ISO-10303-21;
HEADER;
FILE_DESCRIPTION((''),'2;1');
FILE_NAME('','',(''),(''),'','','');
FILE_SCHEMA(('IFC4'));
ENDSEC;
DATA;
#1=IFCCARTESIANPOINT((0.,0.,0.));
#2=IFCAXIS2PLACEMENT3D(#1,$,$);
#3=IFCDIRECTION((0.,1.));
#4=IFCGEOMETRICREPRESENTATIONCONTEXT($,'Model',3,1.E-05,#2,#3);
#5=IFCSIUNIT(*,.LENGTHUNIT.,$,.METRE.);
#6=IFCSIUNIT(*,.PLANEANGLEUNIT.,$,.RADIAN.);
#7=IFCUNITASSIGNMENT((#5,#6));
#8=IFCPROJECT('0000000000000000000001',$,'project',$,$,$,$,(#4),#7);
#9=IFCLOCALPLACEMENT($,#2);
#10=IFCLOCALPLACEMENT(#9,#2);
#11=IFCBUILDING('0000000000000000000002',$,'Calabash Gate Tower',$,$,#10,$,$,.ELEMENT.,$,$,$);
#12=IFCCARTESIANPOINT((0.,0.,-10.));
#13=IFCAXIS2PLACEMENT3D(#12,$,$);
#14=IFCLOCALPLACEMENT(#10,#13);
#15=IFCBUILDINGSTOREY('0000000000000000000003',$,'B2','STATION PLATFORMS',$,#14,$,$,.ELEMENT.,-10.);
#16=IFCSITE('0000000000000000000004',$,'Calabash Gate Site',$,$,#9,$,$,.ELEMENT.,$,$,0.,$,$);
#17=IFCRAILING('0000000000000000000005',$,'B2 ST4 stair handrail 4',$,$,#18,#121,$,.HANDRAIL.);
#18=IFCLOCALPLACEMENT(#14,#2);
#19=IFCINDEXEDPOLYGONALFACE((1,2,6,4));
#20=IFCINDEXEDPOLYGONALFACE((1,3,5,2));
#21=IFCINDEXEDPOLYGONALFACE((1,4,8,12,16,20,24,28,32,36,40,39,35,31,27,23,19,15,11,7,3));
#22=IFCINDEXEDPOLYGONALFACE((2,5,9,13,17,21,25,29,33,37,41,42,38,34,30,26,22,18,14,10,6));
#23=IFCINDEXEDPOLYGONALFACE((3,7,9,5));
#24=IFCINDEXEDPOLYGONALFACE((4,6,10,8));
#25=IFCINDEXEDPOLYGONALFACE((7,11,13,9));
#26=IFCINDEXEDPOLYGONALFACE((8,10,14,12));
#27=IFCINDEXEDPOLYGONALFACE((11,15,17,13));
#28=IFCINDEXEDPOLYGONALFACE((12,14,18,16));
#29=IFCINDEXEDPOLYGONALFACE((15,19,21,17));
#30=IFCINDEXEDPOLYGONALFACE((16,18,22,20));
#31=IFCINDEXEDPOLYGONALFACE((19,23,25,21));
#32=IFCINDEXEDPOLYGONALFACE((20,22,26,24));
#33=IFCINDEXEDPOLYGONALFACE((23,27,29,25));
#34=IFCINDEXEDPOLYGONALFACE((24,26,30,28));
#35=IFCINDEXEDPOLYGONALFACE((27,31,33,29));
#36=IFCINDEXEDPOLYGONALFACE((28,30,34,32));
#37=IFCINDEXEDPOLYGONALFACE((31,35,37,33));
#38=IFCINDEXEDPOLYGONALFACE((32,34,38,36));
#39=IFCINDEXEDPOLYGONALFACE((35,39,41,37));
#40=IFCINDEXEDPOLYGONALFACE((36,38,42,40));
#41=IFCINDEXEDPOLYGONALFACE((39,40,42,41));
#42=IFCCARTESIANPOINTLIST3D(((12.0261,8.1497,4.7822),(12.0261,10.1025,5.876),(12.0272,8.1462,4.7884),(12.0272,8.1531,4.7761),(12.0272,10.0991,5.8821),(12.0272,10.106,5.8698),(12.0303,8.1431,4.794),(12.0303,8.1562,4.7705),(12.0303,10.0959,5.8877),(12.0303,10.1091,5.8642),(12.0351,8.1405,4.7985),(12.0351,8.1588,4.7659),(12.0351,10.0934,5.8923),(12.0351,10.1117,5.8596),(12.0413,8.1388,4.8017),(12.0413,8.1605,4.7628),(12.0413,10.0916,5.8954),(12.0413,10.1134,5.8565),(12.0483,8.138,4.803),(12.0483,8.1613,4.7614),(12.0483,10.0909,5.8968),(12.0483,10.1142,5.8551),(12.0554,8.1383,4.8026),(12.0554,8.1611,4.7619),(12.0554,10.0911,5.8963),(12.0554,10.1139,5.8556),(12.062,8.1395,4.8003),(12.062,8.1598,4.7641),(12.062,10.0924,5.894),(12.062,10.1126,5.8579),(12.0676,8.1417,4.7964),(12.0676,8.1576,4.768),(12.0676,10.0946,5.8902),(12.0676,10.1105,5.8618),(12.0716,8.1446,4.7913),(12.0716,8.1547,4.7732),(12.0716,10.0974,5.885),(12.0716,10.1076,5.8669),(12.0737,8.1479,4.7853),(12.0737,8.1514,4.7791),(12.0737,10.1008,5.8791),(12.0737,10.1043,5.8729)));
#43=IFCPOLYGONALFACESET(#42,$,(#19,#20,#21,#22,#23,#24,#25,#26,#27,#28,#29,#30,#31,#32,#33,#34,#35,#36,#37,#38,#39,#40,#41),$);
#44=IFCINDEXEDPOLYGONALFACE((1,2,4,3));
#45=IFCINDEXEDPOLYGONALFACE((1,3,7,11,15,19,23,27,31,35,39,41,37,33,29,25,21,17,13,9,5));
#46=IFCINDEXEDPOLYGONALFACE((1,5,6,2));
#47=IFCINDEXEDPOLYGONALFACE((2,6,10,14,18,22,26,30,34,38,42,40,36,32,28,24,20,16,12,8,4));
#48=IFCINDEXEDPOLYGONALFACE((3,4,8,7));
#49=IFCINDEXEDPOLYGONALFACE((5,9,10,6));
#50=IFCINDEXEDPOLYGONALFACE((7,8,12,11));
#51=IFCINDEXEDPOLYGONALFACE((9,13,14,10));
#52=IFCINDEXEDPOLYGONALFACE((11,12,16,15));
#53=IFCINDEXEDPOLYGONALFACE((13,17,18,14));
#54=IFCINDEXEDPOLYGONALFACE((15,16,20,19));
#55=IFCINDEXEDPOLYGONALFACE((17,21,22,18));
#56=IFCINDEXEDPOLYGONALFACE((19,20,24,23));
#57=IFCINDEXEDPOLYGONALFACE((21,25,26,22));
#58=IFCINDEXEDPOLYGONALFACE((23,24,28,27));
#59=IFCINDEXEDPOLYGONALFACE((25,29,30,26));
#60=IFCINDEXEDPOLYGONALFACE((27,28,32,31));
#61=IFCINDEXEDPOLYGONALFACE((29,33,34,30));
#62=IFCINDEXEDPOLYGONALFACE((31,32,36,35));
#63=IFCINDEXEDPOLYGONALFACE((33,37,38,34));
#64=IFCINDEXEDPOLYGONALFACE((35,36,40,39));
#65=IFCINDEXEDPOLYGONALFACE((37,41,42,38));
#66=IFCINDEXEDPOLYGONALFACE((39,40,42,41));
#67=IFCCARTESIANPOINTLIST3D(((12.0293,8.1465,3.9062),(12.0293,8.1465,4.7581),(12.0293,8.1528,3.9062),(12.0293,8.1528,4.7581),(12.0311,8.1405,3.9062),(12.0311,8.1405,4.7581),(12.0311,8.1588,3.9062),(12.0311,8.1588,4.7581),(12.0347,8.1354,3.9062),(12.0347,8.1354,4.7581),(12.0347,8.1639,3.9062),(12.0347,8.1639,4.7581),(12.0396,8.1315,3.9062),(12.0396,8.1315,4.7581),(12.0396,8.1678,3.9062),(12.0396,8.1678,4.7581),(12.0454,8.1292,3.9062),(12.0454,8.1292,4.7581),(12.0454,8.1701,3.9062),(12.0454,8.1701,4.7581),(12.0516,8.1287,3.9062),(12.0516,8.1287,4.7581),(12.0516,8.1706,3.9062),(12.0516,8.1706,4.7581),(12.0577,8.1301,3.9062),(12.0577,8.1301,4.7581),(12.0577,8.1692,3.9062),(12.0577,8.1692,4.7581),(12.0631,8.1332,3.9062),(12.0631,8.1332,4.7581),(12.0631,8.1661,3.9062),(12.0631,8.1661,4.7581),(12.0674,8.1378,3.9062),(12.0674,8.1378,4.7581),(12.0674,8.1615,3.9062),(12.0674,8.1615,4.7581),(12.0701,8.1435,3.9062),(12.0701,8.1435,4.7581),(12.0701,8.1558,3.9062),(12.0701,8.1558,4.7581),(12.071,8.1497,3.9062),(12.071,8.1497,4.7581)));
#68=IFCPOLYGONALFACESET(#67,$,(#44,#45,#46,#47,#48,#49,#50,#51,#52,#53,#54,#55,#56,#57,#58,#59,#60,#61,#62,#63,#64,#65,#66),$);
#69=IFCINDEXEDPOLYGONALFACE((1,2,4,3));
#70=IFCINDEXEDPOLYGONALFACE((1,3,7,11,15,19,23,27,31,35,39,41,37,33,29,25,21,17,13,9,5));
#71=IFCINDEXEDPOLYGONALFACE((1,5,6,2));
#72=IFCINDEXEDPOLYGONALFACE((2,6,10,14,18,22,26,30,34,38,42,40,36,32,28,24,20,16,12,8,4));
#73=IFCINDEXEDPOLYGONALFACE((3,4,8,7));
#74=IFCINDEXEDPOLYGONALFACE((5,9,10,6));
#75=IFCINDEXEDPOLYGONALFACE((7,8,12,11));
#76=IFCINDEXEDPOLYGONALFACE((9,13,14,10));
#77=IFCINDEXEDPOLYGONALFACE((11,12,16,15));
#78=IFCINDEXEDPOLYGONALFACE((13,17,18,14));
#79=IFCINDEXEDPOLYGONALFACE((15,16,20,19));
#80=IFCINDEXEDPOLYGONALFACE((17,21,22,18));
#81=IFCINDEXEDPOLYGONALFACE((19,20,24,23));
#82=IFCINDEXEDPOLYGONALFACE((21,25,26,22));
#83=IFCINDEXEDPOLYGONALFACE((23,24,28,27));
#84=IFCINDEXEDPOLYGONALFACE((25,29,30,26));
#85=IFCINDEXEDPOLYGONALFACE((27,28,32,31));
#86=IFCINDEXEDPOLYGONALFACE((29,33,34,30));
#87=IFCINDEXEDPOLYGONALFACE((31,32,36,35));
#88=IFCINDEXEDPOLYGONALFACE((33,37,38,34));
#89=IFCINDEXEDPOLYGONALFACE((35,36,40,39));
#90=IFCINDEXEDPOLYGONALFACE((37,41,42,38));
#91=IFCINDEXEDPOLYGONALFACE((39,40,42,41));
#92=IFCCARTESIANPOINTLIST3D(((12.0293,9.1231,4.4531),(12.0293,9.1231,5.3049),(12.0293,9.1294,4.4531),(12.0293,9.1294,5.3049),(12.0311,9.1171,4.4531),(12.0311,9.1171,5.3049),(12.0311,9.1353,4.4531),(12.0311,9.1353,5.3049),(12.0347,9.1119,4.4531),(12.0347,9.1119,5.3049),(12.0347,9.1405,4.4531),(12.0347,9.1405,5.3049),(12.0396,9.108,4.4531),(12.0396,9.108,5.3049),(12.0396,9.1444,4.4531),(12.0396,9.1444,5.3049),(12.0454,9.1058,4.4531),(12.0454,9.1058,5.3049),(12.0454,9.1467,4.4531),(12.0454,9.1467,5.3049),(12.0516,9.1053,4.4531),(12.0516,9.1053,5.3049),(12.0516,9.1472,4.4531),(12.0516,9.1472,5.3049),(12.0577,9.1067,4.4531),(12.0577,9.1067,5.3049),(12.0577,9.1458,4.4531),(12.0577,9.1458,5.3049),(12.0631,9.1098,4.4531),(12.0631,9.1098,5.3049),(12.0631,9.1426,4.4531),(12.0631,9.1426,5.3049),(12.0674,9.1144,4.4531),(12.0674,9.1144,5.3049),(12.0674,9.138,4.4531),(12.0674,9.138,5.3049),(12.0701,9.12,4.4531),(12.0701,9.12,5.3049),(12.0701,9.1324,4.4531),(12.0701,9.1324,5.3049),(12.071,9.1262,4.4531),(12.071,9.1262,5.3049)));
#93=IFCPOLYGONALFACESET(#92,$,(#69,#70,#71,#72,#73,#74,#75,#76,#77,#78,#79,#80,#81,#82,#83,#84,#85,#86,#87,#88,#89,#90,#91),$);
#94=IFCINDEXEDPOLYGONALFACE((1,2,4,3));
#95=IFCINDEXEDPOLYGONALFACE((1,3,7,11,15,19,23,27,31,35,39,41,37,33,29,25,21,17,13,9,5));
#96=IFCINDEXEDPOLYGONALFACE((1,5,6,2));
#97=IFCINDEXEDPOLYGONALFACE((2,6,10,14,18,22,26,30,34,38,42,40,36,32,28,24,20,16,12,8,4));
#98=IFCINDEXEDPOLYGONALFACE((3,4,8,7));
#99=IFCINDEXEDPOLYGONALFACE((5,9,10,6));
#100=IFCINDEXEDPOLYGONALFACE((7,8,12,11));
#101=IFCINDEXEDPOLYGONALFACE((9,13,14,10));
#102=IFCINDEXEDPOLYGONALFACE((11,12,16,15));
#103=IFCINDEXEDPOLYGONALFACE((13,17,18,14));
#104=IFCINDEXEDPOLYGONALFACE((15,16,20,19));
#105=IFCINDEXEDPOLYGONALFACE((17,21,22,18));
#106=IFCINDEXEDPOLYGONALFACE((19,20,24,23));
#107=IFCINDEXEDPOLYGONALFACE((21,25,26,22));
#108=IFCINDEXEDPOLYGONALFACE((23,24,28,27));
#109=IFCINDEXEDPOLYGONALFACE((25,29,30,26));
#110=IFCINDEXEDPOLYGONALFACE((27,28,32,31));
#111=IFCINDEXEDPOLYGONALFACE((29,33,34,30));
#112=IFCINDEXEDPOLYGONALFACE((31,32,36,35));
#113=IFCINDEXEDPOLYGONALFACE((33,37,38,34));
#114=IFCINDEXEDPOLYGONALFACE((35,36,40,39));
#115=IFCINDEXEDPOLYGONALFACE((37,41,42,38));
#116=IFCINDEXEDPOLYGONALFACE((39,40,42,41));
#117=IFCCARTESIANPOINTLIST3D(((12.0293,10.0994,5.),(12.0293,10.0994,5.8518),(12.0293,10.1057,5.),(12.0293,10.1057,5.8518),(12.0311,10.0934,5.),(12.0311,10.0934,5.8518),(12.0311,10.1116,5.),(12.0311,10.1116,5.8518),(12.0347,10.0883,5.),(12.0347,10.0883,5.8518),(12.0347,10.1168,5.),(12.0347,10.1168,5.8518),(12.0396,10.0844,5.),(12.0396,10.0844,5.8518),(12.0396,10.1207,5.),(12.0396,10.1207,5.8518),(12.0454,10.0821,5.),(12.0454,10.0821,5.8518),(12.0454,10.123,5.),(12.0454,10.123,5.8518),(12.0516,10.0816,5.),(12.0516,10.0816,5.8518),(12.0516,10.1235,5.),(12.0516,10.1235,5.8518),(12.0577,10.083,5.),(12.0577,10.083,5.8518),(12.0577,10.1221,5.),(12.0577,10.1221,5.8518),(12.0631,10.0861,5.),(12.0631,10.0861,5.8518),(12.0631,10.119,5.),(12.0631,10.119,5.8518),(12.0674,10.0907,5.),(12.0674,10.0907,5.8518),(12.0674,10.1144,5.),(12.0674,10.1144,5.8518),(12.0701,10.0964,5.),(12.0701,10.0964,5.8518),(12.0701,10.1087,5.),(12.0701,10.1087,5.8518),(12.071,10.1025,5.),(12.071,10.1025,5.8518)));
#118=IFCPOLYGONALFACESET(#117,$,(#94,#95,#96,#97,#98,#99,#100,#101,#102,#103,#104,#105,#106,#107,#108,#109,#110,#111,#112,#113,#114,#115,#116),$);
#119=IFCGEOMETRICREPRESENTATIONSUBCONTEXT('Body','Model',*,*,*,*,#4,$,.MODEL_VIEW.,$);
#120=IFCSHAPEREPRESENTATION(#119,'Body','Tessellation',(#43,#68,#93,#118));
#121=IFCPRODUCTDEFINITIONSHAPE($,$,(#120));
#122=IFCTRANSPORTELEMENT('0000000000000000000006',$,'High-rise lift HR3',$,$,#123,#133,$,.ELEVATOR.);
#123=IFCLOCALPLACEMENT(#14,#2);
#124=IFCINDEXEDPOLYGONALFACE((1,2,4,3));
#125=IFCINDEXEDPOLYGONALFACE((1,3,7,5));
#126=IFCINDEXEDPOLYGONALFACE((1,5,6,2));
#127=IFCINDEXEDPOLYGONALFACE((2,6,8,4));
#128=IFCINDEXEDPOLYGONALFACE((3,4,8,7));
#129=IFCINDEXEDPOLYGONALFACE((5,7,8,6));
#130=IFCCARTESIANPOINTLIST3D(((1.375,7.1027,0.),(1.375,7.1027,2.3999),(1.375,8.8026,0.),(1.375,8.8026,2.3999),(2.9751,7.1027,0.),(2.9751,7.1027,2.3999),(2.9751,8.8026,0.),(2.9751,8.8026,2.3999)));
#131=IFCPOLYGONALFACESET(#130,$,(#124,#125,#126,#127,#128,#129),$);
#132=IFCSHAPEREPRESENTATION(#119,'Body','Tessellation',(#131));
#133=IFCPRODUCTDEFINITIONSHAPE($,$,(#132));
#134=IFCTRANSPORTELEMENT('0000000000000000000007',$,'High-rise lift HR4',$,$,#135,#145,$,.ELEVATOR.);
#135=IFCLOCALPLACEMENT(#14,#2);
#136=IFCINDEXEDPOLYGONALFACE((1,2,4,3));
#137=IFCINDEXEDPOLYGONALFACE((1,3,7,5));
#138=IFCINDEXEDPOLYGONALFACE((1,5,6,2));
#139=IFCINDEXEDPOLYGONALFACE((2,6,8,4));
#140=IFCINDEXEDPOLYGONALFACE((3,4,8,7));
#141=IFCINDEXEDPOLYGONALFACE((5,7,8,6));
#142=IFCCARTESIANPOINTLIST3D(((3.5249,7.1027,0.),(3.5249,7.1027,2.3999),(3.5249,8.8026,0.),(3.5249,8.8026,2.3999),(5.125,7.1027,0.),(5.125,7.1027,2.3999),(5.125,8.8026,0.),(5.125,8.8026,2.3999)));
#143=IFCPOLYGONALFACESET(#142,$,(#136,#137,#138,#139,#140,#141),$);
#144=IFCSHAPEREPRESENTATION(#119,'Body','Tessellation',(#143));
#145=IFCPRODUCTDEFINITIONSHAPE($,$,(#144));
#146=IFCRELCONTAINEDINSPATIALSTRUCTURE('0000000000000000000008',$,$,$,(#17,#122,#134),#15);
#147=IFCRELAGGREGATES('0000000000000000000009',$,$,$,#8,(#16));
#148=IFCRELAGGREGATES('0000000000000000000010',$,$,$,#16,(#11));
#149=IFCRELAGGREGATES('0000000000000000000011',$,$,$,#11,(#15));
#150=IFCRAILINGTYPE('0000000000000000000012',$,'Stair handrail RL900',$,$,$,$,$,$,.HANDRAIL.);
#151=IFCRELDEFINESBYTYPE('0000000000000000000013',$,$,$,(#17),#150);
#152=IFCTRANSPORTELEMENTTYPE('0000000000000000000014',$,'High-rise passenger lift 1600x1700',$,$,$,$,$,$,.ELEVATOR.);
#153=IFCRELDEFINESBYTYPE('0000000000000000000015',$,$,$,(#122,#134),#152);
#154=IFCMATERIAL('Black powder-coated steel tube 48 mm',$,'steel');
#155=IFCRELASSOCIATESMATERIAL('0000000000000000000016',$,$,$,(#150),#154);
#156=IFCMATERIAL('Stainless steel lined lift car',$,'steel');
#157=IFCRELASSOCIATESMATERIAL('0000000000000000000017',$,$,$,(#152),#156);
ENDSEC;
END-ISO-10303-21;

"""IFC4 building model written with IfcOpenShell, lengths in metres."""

from ifc_helpers import new_model, si_unit, direction, frame, origin, origin_2d, place, context, subcontext, project, spatial, rectangle, circle, extrude, material, type_object, element, save


model = new_model("IFC4")

# Units and contexts
model_context = context("Model", 3, precision=1e-05, world=origin(), true_north=direction((0.0, 1.0)))
body_context = subcontext(model_context, "Body", "Model", "MODEL_VIEW")
ifc_project = project(units=[si_unit("LENGTHUNIT", "METRE"), si_unit("PLANEANGLEUNIT", "RADIAN")], contexts=[model_context])

# Site, building, storey
site_placement = place(None, origin())
site = spatial("IfcSite", under=ifc_project, at=site_placement, Name="Calabash Gate Site", CompositionType="ELEMENT", RefElevation=0.0)
building_placement = place(site_placement, origin())
building = spatial("IfcBuilding", under=site, at=building_placement, Name="Calabash Gate Tower", CompositionType="ELEMENT")
storey_placement = place(building_placement, frame((0.0, 0.0, -10.0)))
storey = spatial("IfcBuildingStorey", under=building, at=storey_placement, Name="B2", Description="STATION PLATFORMS", CompositionType="ELEMENT", Elevation=-10.0)

# Railing
ifc_material_1 = material(Name="Black powder-coated steel tube 48 mm", Category="steel")
railing_type_1 = type_object("IfcRailingType", Name="Stair handrail RL900", PredefinedType="HANDRAIL", material=ifc_material_1)
railing_1_placement = place(storey_placement, frame((12.05, 8.1497, 3.9062)))
element("IfcRailing", 1, at=railing_1_placement, inside=storey, type_object=railing_type_1, Name="B2 ST4 stair handrail 4", PredefinedType="HANDRAIL", context=body_context, shape_type="SweptSolid", body=[
    extrude(circle(Radius=0.0239, at=origin_2d()), frame((0.0, 0.0, 0.876), z_axis=(0.0, 0.87248, 0.48865), x_axis=(-1.0, 0.0, 0.0)), (0.0, 0.0, 1.0), 2.2383),
    extrude(circle(Radius=0.021, at=origin_2d()), origin(), (0.0, 0.0, 1.0), 0.8518),
    extrude(circle(Radius=0.021, at=origin_2d()), frame((0.0, 0.9766, 0.5469)), (0.0, 0.0, 1.0), 0.8518),
    extrude(circle(Radius=0.021, at=origin_2d()), frame((0.0, 1.9529, 1.0938)), (0.0, 0.0, 1.0), 0.8518),
])

# Transport elements
ifc_material_2 = material(Name="Stainless steel lined lift car", Category="steel")
transport_element_type = type_object("IfcTransportElementType", Name="High-rise passenger lift 1600x1700", PredefinedType="ELEVATOR", material=ifc_material_2)
for number, where, z_axis, x_axis, name in (
    (2, (2.175, 7.9526, 0.0), (0.0, 0.0, 1.0), (1.0, 0.0, 0.0), "High-rise lift HR3"),
    (3, (4.325, 7.9526, 0.0), (0.0, 0.0, 1.0), (1.0, 0.0, 0.0), "High-rise lift HR4"),
):
    element("IfcTransportElement", number, at=place(storey_placement, frame(where, z_axis=z_axis, x_axis=x_axis)), inside=storey, type_object=transport_element_type, Name=name, PredefinedType="ELEVATOR", context=body_context, shape_type="SweptSolid", body=[
        extrude(rectangle(XDim=1.6001, YDim=1.7, at=origin_2d()), origin(), (0.0, 0.0, 1.0), 2.3999),
    ])

save(model, "model.ifc")
